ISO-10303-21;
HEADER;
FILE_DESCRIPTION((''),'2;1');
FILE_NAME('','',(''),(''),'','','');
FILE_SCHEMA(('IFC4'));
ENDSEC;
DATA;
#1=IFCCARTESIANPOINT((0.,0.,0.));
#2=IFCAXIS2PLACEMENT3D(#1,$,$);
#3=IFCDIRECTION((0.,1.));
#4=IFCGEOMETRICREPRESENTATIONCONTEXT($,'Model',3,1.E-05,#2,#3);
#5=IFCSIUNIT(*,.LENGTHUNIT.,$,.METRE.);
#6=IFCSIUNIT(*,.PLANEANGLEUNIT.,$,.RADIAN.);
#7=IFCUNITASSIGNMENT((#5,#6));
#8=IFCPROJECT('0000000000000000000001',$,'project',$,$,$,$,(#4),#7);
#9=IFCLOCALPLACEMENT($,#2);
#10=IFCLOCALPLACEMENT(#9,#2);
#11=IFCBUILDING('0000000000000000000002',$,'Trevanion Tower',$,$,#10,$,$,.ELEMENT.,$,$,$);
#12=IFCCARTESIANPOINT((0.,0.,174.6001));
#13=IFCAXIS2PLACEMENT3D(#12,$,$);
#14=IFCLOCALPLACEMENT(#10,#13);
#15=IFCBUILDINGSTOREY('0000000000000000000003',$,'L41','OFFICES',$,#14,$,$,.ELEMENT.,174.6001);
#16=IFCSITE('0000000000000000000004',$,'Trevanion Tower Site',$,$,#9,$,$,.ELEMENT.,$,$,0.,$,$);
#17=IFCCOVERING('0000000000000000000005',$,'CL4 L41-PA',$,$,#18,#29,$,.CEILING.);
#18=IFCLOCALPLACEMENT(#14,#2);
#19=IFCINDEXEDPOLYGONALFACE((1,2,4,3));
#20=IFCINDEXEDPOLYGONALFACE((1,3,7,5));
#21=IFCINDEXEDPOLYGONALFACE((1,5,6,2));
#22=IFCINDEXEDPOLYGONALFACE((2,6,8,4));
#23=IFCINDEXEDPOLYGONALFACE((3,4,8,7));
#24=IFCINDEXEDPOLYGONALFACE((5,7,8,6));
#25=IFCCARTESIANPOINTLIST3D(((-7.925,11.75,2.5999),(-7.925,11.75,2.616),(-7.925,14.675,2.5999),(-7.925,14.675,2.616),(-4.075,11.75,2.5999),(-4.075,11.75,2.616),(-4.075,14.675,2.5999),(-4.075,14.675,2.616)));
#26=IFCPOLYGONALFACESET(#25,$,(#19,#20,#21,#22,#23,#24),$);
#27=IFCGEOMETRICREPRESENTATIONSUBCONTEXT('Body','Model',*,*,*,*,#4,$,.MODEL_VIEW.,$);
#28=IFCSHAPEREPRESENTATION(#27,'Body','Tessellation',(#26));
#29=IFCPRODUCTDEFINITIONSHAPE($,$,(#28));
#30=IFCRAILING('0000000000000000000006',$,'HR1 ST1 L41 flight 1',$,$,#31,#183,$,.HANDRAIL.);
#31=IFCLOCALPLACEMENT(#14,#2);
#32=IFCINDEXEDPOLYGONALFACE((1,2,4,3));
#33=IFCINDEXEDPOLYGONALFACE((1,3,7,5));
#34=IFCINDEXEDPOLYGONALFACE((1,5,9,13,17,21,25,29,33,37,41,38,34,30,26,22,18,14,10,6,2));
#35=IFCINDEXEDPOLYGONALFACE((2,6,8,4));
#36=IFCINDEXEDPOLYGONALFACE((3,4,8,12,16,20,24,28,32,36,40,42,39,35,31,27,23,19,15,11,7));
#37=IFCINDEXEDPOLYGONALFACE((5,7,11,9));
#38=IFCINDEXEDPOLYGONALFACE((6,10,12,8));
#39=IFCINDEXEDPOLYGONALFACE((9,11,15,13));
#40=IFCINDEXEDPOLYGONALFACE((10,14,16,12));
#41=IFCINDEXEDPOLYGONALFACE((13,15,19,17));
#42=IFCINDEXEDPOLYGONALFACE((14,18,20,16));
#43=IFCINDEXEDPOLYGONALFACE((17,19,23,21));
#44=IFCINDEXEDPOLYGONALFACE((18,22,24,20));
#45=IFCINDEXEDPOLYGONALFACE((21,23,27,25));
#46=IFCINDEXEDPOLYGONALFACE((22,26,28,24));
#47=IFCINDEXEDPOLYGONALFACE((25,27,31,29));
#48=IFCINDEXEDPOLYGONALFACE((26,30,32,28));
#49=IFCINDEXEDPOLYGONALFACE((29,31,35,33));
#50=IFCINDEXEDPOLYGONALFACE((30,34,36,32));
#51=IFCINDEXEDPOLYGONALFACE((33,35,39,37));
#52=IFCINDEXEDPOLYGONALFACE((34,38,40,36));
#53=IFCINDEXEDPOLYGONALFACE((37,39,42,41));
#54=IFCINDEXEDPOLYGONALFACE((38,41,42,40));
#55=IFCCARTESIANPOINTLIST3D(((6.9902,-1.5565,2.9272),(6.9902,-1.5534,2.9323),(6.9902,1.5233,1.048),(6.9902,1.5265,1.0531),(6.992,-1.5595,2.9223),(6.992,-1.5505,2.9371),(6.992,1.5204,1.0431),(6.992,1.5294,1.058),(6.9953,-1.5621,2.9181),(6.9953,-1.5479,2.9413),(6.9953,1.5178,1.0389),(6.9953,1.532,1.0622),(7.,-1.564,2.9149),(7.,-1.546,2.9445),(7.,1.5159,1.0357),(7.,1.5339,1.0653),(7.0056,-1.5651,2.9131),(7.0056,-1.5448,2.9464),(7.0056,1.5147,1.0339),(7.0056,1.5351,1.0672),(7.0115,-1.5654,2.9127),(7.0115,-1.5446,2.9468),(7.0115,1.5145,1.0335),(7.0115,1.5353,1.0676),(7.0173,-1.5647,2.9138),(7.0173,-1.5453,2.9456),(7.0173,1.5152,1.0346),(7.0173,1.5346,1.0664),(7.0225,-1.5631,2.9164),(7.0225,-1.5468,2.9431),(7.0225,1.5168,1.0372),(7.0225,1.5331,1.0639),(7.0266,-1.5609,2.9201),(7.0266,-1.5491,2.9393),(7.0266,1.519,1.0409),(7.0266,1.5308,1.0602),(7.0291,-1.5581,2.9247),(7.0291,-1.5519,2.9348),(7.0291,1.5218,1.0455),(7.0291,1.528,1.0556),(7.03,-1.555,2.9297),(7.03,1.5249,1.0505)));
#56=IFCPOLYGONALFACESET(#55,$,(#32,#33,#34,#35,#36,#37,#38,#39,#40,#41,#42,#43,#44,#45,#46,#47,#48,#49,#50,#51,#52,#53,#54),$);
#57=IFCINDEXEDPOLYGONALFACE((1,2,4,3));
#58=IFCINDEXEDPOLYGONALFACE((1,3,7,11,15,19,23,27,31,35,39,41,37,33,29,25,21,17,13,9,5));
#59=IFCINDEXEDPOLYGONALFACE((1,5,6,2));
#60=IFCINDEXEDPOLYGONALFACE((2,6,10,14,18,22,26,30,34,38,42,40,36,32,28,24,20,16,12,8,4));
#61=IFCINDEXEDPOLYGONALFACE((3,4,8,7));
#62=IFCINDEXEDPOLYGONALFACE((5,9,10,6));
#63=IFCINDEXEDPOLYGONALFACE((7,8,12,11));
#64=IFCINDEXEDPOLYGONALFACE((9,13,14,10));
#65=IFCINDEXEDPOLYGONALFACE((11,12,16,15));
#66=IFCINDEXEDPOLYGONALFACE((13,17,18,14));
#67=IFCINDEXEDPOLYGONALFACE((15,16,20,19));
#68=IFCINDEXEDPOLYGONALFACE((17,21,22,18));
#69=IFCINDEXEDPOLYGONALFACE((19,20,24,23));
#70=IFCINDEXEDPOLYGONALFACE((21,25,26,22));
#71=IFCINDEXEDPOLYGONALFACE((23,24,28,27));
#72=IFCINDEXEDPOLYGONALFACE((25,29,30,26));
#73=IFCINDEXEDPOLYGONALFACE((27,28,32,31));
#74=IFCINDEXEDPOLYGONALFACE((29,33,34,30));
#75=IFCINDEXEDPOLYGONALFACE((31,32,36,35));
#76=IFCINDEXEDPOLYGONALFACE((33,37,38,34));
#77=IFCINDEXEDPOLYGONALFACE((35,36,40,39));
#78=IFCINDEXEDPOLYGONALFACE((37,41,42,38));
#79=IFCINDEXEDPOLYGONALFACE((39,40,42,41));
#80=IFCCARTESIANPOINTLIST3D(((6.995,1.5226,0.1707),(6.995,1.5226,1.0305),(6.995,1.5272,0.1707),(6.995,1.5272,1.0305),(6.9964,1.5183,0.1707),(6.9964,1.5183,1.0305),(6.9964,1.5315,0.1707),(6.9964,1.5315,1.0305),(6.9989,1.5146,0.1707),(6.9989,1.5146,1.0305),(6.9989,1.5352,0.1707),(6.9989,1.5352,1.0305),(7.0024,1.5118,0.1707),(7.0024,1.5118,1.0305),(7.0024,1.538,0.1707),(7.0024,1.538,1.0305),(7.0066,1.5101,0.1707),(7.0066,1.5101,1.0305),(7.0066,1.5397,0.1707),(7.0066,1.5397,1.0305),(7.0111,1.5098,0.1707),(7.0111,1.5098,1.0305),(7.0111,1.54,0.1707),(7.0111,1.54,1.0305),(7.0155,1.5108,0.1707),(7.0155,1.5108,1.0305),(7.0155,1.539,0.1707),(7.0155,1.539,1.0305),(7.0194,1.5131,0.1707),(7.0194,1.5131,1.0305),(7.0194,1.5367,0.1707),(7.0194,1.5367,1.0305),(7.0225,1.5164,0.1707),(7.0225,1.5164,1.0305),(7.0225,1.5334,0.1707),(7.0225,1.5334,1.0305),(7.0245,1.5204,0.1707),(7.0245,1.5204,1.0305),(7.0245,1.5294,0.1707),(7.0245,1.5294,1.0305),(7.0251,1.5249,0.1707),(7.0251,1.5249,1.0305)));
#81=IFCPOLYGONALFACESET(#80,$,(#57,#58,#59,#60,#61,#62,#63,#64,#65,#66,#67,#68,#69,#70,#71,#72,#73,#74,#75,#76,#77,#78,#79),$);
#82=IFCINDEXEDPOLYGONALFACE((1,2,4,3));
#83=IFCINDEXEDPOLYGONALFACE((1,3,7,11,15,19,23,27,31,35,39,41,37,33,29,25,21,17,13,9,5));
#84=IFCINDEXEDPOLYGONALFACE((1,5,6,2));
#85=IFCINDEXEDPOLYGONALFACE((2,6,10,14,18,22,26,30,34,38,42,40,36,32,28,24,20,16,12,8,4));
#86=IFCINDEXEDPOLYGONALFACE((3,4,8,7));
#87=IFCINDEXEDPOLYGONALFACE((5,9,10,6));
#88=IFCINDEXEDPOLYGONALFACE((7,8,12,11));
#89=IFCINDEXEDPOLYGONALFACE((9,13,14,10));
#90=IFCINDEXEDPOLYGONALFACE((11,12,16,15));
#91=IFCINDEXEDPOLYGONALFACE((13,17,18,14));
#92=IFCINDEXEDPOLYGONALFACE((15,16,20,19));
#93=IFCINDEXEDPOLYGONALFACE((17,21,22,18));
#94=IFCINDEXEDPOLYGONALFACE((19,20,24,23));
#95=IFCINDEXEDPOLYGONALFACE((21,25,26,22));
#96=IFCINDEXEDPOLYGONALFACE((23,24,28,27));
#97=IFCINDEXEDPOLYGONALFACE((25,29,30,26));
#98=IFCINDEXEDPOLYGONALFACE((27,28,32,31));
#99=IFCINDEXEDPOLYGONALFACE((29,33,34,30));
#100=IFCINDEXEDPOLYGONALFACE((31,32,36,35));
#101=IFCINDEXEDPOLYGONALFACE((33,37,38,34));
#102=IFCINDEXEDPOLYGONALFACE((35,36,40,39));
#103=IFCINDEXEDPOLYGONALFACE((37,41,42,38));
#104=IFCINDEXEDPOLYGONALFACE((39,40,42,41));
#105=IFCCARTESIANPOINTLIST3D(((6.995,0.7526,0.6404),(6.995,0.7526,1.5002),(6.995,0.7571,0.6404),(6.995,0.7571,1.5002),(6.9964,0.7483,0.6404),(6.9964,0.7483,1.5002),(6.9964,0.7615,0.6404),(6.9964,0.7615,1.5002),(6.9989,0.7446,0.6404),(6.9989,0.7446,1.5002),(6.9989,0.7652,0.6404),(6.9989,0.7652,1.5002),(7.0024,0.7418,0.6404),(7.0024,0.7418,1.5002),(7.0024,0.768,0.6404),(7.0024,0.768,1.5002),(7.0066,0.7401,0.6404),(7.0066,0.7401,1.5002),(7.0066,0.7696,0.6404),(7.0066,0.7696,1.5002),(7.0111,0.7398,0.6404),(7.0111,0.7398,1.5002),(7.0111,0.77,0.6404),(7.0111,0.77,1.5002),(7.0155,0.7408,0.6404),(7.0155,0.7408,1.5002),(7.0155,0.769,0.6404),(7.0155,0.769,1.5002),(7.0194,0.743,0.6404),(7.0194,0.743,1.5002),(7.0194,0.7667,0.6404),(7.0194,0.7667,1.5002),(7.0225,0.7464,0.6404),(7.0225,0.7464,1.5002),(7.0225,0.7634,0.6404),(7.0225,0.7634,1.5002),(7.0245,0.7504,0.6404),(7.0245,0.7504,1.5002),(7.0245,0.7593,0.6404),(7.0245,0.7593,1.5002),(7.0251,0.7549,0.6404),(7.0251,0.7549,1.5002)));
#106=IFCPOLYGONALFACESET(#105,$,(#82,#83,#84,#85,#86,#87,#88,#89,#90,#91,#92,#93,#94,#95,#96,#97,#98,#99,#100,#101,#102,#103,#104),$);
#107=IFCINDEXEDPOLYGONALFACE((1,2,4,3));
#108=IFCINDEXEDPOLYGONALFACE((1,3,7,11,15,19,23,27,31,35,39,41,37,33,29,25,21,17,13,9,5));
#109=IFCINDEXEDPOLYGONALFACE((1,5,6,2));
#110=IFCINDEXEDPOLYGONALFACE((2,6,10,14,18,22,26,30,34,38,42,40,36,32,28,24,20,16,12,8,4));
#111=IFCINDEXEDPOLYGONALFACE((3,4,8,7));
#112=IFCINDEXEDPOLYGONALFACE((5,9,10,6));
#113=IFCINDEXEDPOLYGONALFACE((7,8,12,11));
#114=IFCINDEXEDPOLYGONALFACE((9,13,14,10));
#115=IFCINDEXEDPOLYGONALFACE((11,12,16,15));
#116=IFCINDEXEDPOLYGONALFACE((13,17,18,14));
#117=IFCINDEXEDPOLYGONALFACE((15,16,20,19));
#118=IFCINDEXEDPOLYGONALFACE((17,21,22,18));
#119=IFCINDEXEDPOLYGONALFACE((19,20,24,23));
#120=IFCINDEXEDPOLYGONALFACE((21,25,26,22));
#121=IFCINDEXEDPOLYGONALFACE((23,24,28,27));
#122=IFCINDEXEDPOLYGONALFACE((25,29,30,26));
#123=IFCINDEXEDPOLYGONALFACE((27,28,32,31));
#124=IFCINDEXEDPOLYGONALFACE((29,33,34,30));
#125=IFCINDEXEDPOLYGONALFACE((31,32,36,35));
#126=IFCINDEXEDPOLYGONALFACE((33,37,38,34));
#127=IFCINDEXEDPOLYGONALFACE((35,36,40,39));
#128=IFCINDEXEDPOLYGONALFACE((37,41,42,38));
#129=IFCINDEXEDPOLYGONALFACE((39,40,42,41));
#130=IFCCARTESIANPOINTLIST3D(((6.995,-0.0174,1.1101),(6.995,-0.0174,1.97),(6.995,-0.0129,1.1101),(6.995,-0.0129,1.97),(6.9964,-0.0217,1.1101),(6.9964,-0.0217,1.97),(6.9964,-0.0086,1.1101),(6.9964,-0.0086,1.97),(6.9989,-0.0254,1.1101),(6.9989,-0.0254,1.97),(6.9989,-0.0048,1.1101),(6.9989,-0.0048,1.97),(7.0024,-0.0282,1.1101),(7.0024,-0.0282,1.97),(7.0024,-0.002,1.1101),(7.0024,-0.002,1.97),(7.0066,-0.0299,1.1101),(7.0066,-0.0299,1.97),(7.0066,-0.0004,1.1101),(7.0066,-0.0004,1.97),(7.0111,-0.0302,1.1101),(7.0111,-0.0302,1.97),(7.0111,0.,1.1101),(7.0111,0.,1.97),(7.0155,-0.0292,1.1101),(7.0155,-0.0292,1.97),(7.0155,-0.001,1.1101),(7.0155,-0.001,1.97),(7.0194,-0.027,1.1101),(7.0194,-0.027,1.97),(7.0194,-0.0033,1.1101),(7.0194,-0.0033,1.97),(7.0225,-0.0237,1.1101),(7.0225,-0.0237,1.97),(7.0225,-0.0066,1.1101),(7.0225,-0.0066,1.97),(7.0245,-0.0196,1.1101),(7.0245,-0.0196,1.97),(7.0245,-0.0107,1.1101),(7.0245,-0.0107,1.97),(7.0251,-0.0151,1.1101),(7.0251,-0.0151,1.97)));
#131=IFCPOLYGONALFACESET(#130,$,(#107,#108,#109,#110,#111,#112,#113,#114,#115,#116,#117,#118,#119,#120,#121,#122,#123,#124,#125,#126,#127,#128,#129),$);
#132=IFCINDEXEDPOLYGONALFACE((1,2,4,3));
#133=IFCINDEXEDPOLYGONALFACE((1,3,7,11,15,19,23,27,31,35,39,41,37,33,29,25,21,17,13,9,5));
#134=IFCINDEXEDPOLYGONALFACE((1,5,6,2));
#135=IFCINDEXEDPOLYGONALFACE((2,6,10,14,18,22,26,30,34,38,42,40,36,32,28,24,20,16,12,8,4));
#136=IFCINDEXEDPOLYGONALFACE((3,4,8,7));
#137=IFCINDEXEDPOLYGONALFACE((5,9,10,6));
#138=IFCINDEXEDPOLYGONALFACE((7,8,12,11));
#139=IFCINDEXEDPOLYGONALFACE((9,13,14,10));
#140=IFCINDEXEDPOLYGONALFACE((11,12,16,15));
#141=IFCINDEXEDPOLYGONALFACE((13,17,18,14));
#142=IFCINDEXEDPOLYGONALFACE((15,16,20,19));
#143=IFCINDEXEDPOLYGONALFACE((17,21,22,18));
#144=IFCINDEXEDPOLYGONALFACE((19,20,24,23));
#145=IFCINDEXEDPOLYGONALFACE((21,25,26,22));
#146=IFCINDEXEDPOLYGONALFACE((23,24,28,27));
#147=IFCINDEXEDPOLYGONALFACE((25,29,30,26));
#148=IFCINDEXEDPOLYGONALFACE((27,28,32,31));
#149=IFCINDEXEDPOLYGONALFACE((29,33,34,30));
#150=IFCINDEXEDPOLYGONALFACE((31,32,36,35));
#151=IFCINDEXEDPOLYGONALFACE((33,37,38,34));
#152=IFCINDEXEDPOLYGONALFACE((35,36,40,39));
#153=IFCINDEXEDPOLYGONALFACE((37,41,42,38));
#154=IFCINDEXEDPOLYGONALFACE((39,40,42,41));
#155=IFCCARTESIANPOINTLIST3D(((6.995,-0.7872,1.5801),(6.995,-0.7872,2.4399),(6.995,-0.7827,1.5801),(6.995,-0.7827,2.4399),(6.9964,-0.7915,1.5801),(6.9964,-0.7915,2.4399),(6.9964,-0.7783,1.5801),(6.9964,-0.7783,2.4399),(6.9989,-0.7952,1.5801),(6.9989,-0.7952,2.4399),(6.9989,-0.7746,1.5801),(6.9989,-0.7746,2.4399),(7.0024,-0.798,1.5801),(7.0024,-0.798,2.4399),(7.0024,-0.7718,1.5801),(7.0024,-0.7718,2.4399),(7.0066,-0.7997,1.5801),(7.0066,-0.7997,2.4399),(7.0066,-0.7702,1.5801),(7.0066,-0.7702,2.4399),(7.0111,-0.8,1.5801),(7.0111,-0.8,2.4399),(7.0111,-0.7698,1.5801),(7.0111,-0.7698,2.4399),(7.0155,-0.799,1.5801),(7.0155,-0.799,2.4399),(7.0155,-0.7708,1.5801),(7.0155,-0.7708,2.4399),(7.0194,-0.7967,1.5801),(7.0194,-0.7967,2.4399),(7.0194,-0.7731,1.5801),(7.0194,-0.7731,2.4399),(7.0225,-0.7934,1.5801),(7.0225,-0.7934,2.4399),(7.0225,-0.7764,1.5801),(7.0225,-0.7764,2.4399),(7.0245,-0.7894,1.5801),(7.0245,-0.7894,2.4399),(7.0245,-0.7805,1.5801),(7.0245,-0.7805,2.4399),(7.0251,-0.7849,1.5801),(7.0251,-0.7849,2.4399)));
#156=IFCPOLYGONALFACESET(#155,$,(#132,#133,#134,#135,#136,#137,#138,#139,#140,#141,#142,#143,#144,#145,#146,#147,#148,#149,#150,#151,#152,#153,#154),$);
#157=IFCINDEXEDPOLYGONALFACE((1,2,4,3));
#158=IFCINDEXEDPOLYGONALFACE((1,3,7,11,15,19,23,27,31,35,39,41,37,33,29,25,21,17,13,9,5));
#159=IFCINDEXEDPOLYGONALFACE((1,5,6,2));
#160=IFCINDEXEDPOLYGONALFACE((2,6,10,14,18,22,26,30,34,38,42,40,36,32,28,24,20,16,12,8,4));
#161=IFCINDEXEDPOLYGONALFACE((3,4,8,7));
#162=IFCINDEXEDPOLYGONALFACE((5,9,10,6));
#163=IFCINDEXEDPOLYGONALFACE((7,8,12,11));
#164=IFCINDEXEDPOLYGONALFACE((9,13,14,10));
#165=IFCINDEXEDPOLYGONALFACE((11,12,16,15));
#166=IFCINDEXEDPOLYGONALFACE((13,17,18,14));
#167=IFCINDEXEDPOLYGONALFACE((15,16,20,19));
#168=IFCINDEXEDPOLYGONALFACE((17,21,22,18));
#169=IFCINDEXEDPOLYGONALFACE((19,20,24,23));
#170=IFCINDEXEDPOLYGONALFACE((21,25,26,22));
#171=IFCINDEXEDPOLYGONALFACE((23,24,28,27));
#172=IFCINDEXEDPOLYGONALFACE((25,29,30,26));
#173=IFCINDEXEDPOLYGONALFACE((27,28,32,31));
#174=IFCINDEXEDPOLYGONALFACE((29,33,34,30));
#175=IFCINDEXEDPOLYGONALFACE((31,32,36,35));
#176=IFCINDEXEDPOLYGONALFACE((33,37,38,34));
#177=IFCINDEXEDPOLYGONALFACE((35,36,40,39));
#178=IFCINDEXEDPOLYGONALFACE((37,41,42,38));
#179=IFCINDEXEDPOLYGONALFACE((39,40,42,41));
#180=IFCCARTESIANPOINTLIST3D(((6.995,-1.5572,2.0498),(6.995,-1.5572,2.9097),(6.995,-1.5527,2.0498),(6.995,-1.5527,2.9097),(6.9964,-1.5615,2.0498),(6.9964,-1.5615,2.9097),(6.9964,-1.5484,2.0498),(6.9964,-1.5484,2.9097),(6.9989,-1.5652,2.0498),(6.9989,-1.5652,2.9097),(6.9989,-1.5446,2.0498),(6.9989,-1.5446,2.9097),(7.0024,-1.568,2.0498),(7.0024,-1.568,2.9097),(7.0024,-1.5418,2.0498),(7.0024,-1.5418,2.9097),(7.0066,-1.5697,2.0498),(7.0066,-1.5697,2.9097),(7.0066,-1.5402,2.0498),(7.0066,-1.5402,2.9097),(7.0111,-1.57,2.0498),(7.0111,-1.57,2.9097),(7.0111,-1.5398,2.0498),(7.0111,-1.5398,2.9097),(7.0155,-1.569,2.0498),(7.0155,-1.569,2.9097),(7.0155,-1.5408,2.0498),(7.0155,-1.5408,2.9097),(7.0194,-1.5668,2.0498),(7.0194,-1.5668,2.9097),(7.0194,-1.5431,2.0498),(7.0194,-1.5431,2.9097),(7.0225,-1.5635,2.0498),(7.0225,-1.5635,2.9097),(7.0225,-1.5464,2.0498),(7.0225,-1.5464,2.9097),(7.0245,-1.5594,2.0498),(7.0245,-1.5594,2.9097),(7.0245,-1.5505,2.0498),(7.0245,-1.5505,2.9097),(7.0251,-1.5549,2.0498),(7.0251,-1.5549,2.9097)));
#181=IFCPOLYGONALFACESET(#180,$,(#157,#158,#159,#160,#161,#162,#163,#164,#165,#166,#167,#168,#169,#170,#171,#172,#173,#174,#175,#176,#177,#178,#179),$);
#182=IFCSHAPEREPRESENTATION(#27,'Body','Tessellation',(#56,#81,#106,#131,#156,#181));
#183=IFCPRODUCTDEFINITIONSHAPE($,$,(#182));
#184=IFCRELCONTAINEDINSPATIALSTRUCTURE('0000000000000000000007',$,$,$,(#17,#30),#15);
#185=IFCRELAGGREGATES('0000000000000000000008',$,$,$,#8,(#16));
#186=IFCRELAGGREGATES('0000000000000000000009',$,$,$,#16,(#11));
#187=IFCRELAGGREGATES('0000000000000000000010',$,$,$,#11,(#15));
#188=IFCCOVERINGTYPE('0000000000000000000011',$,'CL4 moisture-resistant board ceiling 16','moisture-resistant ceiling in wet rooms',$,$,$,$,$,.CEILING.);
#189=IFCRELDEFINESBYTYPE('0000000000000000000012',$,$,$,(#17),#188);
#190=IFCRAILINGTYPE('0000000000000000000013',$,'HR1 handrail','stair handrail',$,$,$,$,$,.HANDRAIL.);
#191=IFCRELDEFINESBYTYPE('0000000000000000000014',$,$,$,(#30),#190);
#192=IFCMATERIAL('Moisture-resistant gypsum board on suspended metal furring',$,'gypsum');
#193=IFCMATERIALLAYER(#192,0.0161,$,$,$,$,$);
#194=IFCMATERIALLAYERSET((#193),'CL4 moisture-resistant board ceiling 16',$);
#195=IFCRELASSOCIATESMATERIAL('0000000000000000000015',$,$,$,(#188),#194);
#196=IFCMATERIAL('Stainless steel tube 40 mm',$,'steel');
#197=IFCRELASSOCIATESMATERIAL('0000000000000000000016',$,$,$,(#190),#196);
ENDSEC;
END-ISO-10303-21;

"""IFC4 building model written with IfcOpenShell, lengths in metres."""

from ifc_helpers import new_model, si_unit, direction, frame, origin, origin_2d, place, context, subcontext, project, spatial, polyline, circle, outline, extrude, material, layer, layer_set, type_object, element, save


model = new_model("IFC4")

# Units and contexts
model_context = context("Model", 3, precision=1e-05, world=origin(), true_north=direction((0.0, 1.0)))
body_context = subcontext(model_context, "Body", "Model", "MODEL_VIEW")
ifc_project = project(units=[si_unit("LENGTHUNIT", "METRE"), si_unit("PLANEANGLEUNIT", "RADIAN")], contexts=[model_context])

# Site, building, storey
site_placement = place(None, origin())
site = spatial("IfcSite", under=ifc_project, at=site_placement, Name="Trevanion Tower Site", CompositionType="ELEMENT", RefElevation=0.0)
building_placement = place(site_placement, origin())
building = spatial("IfcBuilding", under=site, at=building_placement, Name="Trevanion Tower", CompositionType="ELEMENT")
storey_placement = place(building_placement, frame((0.0, 0.0, 174.6001)))
storey = spatial("IfcBuildingStorey", under=building, at=storey_placement, Name="L41", Description="OFFICES", CompositionType="ELEMENT", Elevation=174.6001)

# Covering
ifc_material_1 = material(Name="Moisture-resistant gypsum board on suspended metal furring", Category="gypsum")
ifc_layer_1 = layer(ifc_material_1, 0.0161)
ifc_layer_set_1 = layer_set([ifc_layer_1], Name="CL4 moisture-resistant board ceiling 16")
covering_type_1 = type_object("IfcCoveringType", Name="CL4 moisture-resistant board ceiling 16", Description="moisture-resistant ceiling in wet rooms", PredefinedType="CEILING", material=ifc_layer_set_1)
covering_1_placement = place(storey_placement, frame((0.0, 0.0, 2.5999)))
element("IfcCovering", 1, at=covering_1_placement, inside=storey, type_object=covering_type_1, Name="CL4 L41-PA", PredefinedType="CEILING", context=body_context, shape_type="SweptSolid", body=[
    extrude(outline(polyline([(-7.925, 14.675), (-4.075, 14.675), (-4.075, 11.75), (-7.925, 11.75), (-7.925, 14.675)])), origin(), (0.0, 0.0, 1.0), 0.0161),
])

# Railing
ifc_material_2 = material(Name="Stainless steel tube 40 mm", Category="steel")
railing_type = type_object("IfcRailingType", Name="HR1 handrail", Description="stair handrail", PredefinedType="HANDRAIL", material=ifc_material_2)
for number, where, name in (
    (2, (7.01, 1.5249, 0.1707), "HR1 ST1 L41 flight 1"),
):
    element("IfcRailing", number, at=place(storey_placement, frame(where)), inside=storey, type_object=railing_type, Name=name, PredefinedType="HANDRAIL", context=body_context, shape_type="SweptSolid", body=[
        extrude(circle(Radius=0.02, at=origin_2d()), frame((0.0, 0.0, 0.8799), z_axis=(0.0, -0.853648, 0.52085), x_axis=(1.0, 0.0, 0.0)), (0.0, 0.0, 1.0), 3.6079),
        extrude(circle(Radius=0.0151, at=origin_2d()), origin(), (0.0, 0.0, 1.0), 0.8599),
        extrude(circle(Radius=0.0151, at=origin_2d()), frame((0.0, -0.77, 0.4697)), (0.0, 0.0, 1.0), 0.8599),
        extrude(circle(Radius=0.0151, at=origin_2d()), frame((0.0, -1.54, 0.9395)), (0.0, 0.0, 1.0), 0.8599),
        extrude(circle(Radius=0.0151, at=origin_2d()), frame((0.0, -2.3098, 1.4094)), (0.0, 0.0, 1.0), 0.8599),
        extrude(circle(Radius=0.0151, at=origin_2d()), frame((0.0, -3.0798, 1.8792)), (0.0, 0.0, 1.0), 0.8599),
    ])

save(model, "model.ifc")
